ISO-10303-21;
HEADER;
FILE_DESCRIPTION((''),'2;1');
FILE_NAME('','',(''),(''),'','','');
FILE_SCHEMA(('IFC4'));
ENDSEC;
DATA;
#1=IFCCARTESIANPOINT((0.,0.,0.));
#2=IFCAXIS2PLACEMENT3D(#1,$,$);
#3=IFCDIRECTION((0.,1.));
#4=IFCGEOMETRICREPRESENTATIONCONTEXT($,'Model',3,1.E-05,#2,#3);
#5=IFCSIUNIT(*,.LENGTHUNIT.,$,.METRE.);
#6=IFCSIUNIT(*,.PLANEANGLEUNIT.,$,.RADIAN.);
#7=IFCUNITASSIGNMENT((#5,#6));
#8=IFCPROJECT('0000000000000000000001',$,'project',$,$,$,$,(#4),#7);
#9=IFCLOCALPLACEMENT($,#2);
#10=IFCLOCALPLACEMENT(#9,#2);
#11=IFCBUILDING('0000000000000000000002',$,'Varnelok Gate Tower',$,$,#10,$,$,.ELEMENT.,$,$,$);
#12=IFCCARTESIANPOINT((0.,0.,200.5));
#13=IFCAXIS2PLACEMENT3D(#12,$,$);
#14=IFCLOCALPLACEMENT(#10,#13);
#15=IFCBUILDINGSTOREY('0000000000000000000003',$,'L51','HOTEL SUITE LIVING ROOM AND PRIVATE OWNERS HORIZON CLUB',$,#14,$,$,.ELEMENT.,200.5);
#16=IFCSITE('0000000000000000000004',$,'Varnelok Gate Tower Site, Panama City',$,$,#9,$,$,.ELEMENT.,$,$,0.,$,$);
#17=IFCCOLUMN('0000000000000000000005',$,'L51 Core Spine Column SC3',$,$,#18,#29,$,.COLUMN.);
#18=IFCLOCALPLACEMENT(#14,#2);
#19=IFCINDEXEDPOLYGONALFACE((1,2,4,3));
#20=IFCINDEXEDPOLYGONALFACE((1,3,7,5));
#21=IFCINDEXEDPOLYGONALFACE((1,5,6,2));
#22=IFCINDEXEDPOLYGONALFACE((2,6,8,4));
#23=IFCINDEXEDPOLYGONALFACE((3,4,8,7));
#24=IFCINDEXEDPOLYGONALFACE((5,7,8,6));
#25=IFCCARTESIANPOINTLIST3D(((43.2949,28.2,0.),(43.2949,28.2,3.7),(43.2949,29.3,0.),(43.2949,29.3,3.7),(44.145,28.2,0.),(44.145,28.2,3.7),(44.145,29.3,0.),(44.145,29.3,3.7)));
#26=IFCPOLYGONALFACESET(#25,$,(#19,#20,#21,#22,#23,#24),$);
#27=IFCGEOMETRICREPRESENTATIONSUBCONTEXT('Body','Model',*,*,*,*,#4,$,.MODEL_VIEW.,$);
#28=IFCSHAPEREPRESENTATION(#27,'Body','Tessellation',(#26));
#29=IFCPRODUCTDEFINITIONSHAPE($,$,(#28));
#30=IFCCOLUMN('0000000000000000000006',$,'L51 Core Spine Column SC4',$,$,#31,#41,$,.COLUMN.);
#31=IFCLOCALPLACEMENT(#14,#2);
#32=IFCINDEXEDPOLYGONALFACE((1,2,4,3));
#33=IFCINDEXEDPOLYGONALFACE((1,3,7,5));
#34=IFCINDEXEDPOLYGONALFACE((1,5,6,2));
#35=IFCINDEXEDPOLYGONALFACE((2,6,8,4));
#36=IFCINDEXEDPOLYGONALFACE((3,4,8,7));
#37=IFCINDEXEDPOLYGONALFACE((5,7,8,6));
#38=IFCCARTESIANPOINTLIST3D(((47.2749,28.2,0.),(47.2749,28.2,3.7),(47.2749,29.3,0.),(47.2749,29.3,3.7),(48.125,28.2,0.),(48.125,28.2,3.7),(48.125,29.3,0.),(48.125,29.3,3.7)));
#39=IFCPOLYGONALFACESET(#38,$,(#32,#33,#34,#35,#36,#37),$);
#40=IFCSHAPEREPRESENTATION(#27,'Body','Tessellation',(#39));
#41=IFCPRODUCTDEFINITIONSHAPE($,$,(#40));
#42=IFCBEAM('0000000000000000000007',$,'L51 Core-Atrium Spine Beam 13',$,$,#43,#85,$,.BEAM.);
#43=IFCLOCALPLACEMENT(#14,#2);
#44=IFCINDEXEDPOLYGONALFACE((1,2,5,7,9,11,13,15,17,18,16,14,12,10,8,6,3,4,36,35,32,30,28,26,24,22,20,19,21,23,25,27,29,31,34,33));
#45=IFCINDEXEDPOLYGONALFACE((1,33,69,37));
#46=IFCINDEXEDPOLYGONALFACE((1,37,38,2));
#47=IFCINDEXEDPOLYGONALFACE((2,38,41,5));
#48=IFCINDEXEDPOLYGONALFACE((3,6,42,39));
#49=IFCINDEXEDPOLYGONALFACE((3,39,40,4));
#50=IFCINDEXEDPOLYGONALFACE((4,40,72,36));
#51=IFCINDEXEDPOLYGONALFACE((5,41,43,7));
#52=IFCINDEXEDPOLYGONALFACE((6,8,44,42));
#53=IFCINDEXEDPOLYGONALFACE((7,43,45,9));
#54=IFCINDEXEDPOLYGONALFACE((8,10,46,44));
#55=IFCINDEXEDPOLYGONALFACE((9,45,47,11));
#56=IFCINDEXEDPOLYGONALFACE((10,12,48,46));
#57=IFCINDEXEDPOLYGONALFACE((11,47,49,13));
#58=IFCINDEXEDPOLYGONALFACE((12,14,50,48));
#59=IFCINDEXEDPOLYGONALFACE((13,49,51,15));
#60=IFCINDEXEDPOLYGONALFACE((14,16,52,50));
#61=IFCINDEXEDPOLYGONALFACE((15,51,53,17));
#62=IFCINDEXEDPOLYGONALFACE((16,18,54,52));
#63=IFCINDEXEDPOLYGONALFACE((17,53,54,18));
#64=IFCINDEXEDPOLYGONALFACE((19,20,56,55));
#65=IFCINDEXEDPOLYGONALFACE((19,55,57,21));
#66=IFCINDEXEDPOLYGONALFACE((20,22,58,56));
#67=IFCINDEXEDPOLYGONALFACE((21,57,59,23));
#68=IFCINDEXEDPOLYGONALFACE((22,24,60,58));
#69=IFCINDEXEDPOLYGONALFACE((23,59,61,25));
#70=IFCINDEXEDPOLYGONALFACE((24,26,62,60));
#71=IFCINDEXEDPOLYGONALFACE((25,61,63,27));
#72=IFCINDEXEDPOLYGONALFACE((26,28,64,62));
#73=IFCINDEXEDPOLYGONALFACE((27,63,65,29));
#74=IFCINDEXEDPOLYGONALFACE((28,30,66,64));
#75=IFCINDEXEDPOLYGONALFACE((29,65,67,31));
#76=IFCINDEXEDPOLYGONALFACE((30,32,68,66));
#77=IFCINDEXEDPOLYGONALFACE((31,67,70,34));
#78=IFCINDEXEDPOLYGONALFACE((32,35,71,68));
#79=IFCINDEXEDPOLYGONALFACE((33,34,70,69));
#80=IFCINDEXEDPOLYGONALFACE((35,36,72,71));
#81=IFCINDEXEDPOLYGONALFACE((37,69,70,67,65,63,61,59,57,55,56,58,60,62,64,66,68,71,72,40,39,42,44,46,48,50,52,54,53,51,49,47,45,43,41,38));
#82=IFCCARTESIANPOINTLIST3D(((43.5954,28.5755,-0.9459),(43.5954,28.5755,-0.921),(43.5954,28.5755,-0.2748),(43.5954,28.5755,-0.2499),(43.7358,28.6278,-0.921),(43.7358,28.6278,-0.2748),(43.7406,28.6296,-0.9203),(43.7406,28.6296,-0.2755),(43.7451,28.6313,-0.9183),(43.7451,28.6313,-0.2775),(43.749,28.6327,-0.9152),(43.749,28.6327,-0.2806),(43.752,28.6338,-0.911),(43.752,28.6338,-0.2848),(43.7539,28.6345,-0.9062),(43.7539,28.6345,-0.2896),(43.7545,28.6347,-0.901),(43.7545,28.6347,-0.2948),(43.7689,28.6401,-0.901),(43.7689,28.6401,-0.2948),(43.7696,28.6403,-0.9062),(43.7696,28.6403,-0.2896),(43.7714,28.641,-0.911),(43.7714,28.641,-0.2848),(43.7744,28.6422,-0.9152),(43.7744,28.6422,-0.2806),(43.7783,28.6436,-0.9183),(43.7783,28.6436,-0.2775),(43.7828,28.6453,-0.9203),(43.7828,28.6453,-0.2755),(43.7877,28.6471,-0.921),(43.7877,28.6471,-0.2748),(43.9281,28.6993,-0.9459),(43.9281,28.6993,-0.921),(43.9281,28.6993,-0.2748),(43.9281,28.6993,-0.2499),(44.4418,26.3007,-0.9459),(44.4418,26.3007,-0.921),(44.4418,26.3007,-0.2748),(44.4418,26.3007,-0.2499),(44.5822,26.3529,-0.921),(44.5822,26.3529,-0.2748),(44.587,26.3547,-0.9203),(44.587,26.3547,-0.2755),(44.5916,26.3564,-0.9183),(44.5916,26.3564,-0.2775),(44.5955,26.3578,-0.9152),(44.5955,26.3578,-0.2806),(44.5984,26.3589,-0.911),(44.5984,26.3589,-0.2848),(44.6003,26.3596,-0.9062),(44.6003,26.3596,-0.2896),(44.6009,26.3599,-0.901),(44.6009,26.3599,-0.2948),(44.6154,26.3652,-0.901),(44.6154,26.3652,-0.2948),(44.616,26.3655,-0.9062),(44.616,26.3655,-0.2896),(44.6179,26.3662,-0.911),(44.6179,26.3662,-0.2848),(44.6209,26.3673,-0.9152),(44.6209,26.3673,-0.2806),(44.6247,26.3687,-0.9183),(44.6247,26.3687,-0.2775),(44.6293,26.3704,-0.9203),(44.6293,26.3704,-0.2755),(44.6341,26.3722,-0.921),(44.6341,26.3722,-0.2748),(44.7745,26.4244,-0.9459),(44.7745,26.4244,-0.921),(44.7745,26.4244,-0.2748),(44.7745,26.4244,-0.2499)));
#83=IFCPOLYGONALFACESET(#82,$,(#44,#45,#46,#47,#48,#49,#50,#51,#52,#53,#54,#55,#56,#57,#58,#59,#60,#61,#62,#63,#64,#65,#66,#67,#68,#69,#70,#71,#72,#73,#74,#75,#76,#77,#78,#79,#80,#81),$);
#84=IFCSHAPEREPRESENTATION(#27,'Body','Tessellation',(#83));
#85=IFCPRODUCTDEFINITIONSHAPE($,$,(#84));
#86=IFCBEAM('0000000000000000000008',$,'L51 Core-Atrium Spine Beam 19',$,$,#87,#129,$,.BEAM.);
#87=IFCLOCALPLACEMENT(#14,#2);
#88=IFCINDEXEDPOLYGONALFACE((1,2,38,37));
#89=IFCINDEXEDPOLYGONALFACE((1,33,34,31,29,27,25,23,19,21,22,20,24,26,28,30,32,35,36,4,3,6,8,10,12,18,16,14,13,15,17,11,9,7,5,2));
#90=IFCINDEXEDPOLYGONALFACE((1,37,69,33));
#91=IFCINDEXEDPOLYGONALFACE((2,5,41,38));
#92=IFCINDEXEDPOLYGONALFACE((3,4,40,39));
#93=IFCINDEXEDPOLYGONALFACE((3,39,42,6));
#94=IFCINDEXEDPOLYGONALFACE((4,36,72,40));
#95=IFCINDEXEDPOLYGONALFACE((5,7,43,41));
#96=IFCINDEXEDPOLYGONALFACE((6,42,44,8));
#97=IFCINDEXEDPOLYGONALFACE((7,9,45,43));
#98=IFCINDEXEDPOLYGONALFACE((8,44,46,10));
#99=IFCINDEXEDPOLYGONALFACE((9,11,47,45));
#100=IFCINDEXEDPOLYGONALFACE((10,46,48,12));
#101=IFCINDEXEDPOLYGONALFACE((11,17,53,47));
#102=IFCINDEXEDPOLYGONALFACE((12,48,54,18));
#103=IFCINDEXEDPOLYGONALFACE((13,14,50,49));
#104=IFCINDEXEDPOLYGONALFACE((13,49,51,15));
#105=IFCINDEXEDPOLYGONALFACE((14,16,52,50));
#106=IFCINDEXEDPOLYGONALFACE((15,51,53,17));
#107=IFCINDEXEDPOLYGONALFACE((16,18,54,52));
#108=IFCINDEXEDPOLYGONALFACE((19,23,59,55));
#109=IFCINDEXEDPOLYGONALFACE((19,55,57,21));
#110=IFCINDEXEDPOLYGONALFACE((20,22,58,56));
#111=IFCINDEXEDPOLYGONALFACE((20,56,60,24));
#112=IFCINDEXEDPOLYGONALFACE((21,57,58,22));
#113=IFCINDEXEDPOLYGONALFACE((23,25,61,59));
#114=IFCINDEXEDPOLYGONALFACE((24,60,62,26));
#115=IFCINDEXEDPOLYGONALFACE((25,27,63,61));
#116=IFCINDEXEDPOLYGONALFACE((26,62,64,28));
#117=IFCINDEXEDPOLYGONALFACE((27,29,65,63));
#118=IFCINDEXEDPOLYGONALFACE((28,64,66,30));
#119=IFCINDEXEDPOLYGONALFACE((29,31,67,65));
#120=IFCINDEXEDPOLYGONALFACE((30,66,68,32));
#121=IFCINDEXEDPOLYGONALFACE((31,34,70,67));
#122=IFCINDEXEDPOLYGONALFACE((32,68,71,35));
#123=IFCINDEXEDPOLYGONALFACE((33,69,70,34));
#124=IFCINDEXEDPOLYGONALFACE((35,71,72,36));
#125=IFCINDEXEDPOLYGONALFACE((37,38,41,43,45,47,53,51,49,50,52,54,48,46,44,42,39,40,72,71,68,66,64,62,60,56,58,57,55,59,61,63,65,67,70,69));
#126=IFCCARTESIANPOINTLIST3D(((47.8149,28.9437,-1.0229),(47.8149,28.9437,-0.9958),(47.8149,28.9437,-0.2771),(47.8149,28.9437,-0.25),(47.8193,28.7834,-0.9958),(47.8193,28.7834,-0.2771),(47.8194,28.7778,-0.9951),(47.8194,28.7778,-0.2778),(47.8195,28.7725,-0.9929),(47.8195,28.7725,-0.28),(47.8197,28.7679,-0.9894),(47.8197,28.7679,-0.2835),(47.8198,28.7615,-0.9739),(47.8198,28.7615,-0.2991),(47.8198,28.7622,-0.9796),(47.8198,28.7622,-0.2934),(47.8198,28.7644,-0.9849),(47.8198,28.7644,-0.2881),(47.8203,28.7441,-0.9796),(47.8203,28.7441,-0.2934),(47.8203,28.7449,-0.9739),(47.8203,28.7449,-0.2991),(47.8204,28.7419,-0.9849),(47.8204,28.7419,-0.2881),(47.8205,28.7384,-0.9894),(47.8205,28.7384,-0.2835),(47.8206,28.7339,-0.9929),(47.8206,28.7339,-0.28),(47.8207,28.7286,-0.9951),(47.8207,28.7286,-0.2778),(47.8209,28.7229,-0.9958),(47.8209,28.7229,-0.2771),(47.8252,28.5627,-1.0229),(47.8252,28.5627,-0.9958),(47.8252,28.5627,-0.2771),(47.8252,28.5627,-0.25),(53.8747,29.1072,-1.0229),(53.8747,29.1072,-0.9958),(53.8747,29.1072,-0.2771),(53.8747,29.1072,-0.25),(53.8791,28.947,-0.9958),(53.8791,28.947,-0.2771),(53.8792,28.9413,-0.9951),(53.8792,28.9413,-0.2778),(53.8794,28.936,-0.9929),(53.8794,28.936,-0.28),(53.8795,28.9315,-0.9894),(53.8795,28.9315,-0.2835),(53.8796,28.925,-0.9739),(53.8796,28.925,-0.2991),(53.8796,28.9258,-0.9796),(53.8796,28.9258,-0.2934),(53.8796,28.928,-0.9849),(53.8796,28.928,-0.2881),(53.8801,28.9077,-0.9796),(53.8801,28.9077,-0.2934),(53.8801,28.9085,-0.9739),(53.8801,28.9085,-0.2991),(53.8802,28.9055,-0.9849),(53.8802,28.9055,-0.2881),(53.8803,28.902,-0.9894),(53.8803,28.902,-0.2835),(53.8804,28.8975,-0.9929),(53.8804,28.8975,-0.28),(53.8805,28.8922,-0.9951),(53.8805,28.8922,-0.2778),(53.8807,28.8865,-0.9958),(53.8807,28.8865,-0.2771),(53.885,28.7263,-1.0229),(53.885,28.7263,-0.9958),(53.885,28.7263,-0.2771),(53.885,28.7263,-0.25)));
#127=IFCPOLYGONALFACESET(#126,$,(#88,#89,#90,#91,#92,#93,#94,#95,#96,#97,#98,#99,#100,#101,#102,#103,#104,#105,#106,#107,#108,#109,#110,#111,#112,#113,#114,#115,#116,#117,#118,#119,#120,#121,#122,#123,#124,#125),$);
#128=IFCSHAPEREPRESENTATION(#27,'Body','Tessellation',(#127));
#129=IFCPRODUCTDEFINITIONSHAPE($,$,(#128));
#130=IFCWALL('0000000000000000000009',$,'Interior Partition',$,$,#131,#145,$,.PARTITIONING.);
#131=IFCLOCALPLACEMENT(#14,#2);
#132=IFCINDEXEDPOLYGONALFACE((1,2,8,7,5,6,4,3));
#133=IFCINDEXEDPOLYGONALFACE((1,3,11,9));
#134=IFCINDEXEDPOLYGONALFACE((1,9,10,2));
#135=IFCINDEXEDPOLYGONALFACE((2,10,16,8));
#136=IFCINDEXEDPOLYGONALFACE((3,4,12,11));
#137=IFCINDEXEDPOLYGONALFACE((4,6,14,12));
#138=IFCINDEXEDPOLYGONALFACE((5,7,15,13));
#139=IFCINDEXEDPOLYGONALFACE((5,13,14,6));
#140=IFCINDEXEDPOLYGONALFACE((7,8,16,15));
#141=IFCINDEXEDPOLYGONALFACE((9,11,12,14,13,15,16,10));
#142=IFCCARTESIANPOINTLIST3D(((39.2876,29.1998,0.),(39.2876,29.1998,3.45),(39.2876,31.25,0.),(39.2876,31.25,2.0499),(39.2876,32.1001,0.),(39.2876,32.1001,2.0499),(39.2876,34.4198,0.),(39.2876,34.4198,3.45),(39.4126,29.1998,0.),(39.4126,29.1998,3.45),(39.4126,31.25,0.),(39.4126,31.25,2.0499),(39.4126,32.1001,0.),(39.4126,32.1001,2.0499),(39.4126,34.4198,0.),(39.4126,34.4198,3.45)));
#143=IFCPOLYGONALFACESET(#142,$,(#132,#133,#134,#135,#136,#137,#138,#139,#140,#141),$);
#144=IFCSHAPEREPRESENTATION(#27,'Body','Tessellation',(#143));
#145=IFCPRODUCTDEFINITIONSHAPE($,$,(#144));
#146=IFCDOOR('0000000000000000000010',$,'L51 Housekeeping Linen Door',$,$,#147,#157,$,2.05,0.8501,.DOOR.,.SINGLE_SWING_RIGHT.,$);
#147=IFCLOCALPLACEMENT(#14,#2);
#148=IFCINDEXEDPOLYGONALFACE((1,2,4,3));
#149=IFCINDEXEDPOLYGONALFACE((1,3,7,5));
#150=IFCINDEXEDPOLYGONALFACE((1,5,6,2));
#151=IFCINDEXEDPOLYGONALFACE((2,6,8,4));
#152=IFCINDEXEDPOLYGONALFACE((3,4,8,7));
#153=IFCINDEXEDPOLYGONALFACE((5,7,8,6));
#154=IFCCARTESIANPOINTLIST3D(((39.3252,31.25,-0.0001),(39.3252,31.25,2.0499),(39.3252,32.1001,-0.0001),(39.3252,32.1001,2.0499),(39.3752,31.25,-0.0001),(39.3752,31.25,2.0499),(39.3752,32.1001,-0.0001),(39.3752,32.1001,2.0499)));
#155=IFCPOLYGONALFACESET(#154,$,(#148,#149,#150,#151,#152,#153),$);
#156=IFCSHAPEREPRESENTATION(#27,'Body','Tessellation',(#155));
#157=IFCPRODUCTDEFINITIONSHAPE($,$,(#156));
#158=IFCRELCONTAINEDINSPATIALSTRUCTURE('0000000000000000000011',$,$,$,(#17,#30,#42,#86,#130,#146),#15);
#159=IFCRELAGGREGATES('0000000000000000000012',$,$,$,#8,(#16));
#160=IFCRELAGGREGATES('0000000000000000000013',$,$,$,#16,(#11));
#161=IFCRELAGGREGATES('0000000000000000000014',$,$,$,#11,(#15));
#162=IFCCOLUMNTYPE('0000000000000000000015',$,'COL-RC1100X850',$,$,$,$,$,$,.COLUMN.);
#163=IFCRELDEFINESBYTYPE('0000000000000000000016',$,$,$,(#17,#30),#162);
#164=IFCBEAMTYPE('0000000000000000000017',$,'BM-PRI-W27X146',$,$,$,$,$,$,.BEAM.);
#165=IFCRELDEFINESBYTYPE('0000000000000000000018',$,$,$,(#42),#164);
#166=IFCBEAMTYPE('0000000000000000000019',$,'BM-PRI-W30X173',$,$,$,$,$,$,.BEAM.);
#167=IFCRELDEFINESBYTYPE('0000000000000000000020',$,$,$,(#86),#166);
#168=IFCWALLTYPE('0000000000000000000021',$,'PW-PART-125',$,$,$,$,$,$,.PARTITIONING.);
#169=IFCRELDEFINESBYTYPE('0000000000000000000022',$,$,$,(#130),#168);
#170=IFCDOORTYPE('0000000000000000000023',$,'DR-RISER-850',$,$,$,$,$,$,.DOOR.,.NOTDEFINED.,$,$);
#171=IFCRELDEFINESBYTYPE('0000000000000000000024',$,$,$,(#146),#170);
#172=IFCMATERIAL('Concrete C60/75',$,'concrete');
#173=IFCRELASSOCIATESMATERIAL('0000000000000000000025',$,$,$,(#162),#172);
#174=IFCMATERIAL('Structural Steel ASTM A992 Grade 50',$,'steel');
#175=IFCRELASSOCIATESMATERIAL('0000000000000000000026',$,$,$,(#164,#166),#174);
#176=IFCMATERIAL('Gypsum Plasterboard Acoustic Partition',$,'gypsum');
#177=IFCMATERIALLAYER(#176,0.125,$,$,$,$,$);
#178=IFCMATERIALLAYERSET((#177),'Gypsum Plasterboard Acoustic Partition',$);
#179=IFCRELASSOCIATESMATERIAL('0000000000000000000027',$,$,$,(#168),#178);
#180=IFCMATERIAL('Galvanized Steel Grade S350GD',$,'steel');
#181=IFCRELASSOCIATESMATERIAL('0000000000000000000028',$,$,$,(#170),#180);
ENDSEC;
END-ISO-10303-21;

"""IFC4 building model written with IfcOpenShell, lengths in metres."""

from ifc_helpers import new_model, si_unit, direction, frame, frame_2d, origin, origin_2d, place, context, subcontext, project, spatial, rectangle, i_section, extrude, material, layer, layer_set, material_profile, profile_set, type_object, element, fill, save


model = new_model("IFC4")

# Units and contexts
model_context = context("Model", 3, precision=1e-05, world=origin(), true_north=direction((0.0, 1.0)))
body_context = subcontext(model_context, "Body", "Model", "MODEL_VIEW")
ifc_project = project(units=[si_unit("LENGTHUNIT", "METRE"), si_unit("PLANEANGLEUNIT", "RADIAN")], contexts=[model_context])

# Site, building, storey
site_placement = place(None, origin())
site = spatial("IfcSite", under=ifc_project, at=site_placement, Name="Varnelok Gate Tower Site, Panama City", CompositionType="ELEMENT", RefElevation=0.0)
building_placement = place(site_placement, origin())
building = spatial("IfcBuilding", under=site, at=building_placement, Name="Varnelok Gate Tower", CompositionType="ELEMENT")
storey_placement = place(building_placement, frame((0.0, 0.0, 200.5)))
storey = spatial("IfcBuildingStorey", under=building, at=storey_placement, Name="L51", Description="HOTEL SUITE LIVING ROOM AND PRIVATE OWNERS HORIZON CLUB", CompositionType="ELEMENT", Elevation=200.5)

# Columns
ifc_material_1 = material(Name="Concrete C60/75", Category="concrete")
ifc_material_profile_1 = material_profile(ifc_material_1, rectangle(XDim=0.8501, YDim=1.1001, at=origin_2d()), Name="RC1100X850")
ifc_profile_set_1 = profile_set([ifc_material_profile_1], Name="Concrete C60/75")
column_type = type_object("IfcColumnType", Name="COL-RC1100X850", PredefinedType="COLUMN", material=ifc_profile_set_1)
for number, where, z_axis, x_axis, name in (
    (1, (43.72, 28.75, 0.0), (0.0, 0.0, 1.0), (1.0, 0.0, 0.0), "L51 Core Spine Column SC3"),
    (2, (47.7, 28.75, 0.0), (0.0, 0.0, 1.0), (1.0, 0.0, 0.0), "L51 Core Spine Column SC4"),
):
    element("IfcColumn", number, at=place(storey_placement, frame(where, z_axis=z_axis, x_axis=x_axis)), inside=storey, type_object=column_type, Name=name, PredefinedType="COLUMN", context=body_context, shape_type="SweptSolid", body=[
        extrude(rectangle(XDim=0.8501, YDim=1.1001, at=origin_2d()), origin(), (0.0, 0.0, 1.0), 3.7),
    ])

# Beams
ifc_material_2 = material(Name="Structural Steel ASTM A992 Grade 50", Category="steel")
ifc_material_profile_2 = material_profile(ifc_material_2, i_section(OverallWidth=0.355, OverallDepth=0.696, WebThickness=0.0154, FlangeThickness=0.0249, FilletRadius=0.02, at=origin_2d()), Name="W27X146")
ifc_profile_set_2 = profile_set([ifc_material_profile_2], Name="Structural Steel ASTM A992 Grade 50")
beam_type_1 = type_object("IfcBeamType", Name="BM-PRI-W27X146", PredefinedType="BEAM", material=ifc_profile_set_2)
beam_1_placement = place(storey_placement, frame((44.6082, 26.3625, -0.5979), z_axis=(-0.348719, 0.937227, 0.0), x_axis=(-0.937227, -0.348719, 0.0)))
element("IfcBeam", 3, at=beam_1_placement, inside=storey, type_object=beam_type_1, Name="L51 Core-Atrium Spine Beam 13", PredefinedType="BEAM", context=body_context, shape_type="SweptSolid", body=[
    extrude(i_section(OverallWidth=0.355, OverallDepth=0.696, WebThickness=0.0154, FlangeThickness=0.0249, FilletRadius=0.02, at=origin_2d()), origin(), (0.0, 0.0, 1.0), 2.4272),
])
ifc_material_profile_3 = material_profile(ifc_material_2, i_section(OverallWidth=0.3811, OverallDepth=0.7729, WebThickness=0.0166, FlangeThickness=0.0271, FilletRadius=0.022, at=origin_2d()), Name="W30X173")
ifc_profile_set_3 = profile_set([ifc_material_profile_3], Name="Structural Steel ASTM A992 Grade 50")
beam_type_2 = type_object("IfcBeamType", Name="BM-PRI-W30X173", PredefinedType="BEAM", material=ifc_profile_set_3)
beam_2_placement = place(storey_placement, frame((47.8201, 28.7532, -0.6365), z_axis=(0.999636, 0.026983, 0.0), x_axis=(-0.026983, 0.999636, 0.0)))
element("IfcBeam", 4, at=beam_2_placement, inside=storey, type_object=beam_type_2, Name="L51 Core-Atrium Spine Beam 19", PredefinedType="BEAM", context=body_context, shape_type="SweptSolid", body=[
    extrude(i_section(OverallWidth=0.3811, OverallDepth=0.7729, WebThickness=0.0166, FlangeThickness=0.0271, FilletRadius=0.022, at=origin_2d()), origin(), (0.0, 0.0, 1.0), 6.062),
])

# Wall, opening, door
ifc_material_3 = material(Name="Gypsum Plasterboard Acoustic Partition", Category="gypsum")
ifc_layer_1 = layer(ifc_material_3, 0.125)
ifc_layer_set_1 = layer_set([ifc_layer_1], Name="Gypsum Plasterboard Acoustic Partition")
wall_type_1 = type_object("IfcWallType", Name="PW-PART-125", PredefinedType="PARTITIONING", material=ifc_layer_set_1)
wall_1_placement = place(storey_placement, frame((39.3501, 29.2, 0.0), z_axis=(0.0, 0.0, 1.0), x_axis=(0.0, 1.0, 0.0)))
wall_1 = element("IfcWall", 5, at=wall_1_placement, inside=storey, type_object=wall_type_1, Name="Interior Partition", PredefinedType="PARTITIONING", context=body_context, shape_type="SweptSolid", body=[
    extrude(rectangle(XDim=5.22, YDim=0.125, at=frame_2d((2.6099, 0.0))), origin(), (0.0, 0.0, 1.0), 3.45),
])
opening_1_placement = place(wall_1_placement, frame((2.05, 0.0, 0.0)))
opening_1 = element("IfcOpeningElement", 6, at=opening_1_placement, cuts=wall_1, PredefinedType="OPENING", context=body_context, shape_type="SweptSolid", body=[
    extrude(rectangle(XDim=0.8501, YDim=2.05, at=frame_2d((0.425, 1.0249))), frame((0.0, 0.0725, 0.0), z_axis=(0.0, -1.0, 0.0), x_axis=(1.0, 0.0, 0.0)), (0.0, 0.0, 1.0), 0.145),
])
ifc_material_4 = material(Name="Galvanized Steel Grade S350GD", Category="steel")
door_type_1 = type_object("IfcDoorType", Name="DR-RISER-850", OperationType="NOTDEFINED", PredefinedType="DOOR", material=ifc_material_4)
door_1_placement = place(opening_1_placement, origin())
door_1 = element("IfcDoor", 7, at=door_1_placement, inside=storey, type_object=door_type_1, Name="L51 Housekeeping Linen Door", OperationType="SINGLE_SWING_RIGHT", OverallHeight=2.05, OverallWidth=0.8501, PredefinedType="DOOR", context=body_context, shape_type="SweptSolid", body=[
    extrude(rectangle(XDim=0.8501, YDim=2.05, at=frame_2d((0.425, 1.0249))), frame((0.0, 0.0249, 0.0), z_axis=(0.0, -1.0, 0.0), x_axis=(1.0, 0.0, 0.0)), (0.0, 0.0, 1.0), 0.05),
])
fill(opening_1, door_1)

save(model, "model.ifc")
